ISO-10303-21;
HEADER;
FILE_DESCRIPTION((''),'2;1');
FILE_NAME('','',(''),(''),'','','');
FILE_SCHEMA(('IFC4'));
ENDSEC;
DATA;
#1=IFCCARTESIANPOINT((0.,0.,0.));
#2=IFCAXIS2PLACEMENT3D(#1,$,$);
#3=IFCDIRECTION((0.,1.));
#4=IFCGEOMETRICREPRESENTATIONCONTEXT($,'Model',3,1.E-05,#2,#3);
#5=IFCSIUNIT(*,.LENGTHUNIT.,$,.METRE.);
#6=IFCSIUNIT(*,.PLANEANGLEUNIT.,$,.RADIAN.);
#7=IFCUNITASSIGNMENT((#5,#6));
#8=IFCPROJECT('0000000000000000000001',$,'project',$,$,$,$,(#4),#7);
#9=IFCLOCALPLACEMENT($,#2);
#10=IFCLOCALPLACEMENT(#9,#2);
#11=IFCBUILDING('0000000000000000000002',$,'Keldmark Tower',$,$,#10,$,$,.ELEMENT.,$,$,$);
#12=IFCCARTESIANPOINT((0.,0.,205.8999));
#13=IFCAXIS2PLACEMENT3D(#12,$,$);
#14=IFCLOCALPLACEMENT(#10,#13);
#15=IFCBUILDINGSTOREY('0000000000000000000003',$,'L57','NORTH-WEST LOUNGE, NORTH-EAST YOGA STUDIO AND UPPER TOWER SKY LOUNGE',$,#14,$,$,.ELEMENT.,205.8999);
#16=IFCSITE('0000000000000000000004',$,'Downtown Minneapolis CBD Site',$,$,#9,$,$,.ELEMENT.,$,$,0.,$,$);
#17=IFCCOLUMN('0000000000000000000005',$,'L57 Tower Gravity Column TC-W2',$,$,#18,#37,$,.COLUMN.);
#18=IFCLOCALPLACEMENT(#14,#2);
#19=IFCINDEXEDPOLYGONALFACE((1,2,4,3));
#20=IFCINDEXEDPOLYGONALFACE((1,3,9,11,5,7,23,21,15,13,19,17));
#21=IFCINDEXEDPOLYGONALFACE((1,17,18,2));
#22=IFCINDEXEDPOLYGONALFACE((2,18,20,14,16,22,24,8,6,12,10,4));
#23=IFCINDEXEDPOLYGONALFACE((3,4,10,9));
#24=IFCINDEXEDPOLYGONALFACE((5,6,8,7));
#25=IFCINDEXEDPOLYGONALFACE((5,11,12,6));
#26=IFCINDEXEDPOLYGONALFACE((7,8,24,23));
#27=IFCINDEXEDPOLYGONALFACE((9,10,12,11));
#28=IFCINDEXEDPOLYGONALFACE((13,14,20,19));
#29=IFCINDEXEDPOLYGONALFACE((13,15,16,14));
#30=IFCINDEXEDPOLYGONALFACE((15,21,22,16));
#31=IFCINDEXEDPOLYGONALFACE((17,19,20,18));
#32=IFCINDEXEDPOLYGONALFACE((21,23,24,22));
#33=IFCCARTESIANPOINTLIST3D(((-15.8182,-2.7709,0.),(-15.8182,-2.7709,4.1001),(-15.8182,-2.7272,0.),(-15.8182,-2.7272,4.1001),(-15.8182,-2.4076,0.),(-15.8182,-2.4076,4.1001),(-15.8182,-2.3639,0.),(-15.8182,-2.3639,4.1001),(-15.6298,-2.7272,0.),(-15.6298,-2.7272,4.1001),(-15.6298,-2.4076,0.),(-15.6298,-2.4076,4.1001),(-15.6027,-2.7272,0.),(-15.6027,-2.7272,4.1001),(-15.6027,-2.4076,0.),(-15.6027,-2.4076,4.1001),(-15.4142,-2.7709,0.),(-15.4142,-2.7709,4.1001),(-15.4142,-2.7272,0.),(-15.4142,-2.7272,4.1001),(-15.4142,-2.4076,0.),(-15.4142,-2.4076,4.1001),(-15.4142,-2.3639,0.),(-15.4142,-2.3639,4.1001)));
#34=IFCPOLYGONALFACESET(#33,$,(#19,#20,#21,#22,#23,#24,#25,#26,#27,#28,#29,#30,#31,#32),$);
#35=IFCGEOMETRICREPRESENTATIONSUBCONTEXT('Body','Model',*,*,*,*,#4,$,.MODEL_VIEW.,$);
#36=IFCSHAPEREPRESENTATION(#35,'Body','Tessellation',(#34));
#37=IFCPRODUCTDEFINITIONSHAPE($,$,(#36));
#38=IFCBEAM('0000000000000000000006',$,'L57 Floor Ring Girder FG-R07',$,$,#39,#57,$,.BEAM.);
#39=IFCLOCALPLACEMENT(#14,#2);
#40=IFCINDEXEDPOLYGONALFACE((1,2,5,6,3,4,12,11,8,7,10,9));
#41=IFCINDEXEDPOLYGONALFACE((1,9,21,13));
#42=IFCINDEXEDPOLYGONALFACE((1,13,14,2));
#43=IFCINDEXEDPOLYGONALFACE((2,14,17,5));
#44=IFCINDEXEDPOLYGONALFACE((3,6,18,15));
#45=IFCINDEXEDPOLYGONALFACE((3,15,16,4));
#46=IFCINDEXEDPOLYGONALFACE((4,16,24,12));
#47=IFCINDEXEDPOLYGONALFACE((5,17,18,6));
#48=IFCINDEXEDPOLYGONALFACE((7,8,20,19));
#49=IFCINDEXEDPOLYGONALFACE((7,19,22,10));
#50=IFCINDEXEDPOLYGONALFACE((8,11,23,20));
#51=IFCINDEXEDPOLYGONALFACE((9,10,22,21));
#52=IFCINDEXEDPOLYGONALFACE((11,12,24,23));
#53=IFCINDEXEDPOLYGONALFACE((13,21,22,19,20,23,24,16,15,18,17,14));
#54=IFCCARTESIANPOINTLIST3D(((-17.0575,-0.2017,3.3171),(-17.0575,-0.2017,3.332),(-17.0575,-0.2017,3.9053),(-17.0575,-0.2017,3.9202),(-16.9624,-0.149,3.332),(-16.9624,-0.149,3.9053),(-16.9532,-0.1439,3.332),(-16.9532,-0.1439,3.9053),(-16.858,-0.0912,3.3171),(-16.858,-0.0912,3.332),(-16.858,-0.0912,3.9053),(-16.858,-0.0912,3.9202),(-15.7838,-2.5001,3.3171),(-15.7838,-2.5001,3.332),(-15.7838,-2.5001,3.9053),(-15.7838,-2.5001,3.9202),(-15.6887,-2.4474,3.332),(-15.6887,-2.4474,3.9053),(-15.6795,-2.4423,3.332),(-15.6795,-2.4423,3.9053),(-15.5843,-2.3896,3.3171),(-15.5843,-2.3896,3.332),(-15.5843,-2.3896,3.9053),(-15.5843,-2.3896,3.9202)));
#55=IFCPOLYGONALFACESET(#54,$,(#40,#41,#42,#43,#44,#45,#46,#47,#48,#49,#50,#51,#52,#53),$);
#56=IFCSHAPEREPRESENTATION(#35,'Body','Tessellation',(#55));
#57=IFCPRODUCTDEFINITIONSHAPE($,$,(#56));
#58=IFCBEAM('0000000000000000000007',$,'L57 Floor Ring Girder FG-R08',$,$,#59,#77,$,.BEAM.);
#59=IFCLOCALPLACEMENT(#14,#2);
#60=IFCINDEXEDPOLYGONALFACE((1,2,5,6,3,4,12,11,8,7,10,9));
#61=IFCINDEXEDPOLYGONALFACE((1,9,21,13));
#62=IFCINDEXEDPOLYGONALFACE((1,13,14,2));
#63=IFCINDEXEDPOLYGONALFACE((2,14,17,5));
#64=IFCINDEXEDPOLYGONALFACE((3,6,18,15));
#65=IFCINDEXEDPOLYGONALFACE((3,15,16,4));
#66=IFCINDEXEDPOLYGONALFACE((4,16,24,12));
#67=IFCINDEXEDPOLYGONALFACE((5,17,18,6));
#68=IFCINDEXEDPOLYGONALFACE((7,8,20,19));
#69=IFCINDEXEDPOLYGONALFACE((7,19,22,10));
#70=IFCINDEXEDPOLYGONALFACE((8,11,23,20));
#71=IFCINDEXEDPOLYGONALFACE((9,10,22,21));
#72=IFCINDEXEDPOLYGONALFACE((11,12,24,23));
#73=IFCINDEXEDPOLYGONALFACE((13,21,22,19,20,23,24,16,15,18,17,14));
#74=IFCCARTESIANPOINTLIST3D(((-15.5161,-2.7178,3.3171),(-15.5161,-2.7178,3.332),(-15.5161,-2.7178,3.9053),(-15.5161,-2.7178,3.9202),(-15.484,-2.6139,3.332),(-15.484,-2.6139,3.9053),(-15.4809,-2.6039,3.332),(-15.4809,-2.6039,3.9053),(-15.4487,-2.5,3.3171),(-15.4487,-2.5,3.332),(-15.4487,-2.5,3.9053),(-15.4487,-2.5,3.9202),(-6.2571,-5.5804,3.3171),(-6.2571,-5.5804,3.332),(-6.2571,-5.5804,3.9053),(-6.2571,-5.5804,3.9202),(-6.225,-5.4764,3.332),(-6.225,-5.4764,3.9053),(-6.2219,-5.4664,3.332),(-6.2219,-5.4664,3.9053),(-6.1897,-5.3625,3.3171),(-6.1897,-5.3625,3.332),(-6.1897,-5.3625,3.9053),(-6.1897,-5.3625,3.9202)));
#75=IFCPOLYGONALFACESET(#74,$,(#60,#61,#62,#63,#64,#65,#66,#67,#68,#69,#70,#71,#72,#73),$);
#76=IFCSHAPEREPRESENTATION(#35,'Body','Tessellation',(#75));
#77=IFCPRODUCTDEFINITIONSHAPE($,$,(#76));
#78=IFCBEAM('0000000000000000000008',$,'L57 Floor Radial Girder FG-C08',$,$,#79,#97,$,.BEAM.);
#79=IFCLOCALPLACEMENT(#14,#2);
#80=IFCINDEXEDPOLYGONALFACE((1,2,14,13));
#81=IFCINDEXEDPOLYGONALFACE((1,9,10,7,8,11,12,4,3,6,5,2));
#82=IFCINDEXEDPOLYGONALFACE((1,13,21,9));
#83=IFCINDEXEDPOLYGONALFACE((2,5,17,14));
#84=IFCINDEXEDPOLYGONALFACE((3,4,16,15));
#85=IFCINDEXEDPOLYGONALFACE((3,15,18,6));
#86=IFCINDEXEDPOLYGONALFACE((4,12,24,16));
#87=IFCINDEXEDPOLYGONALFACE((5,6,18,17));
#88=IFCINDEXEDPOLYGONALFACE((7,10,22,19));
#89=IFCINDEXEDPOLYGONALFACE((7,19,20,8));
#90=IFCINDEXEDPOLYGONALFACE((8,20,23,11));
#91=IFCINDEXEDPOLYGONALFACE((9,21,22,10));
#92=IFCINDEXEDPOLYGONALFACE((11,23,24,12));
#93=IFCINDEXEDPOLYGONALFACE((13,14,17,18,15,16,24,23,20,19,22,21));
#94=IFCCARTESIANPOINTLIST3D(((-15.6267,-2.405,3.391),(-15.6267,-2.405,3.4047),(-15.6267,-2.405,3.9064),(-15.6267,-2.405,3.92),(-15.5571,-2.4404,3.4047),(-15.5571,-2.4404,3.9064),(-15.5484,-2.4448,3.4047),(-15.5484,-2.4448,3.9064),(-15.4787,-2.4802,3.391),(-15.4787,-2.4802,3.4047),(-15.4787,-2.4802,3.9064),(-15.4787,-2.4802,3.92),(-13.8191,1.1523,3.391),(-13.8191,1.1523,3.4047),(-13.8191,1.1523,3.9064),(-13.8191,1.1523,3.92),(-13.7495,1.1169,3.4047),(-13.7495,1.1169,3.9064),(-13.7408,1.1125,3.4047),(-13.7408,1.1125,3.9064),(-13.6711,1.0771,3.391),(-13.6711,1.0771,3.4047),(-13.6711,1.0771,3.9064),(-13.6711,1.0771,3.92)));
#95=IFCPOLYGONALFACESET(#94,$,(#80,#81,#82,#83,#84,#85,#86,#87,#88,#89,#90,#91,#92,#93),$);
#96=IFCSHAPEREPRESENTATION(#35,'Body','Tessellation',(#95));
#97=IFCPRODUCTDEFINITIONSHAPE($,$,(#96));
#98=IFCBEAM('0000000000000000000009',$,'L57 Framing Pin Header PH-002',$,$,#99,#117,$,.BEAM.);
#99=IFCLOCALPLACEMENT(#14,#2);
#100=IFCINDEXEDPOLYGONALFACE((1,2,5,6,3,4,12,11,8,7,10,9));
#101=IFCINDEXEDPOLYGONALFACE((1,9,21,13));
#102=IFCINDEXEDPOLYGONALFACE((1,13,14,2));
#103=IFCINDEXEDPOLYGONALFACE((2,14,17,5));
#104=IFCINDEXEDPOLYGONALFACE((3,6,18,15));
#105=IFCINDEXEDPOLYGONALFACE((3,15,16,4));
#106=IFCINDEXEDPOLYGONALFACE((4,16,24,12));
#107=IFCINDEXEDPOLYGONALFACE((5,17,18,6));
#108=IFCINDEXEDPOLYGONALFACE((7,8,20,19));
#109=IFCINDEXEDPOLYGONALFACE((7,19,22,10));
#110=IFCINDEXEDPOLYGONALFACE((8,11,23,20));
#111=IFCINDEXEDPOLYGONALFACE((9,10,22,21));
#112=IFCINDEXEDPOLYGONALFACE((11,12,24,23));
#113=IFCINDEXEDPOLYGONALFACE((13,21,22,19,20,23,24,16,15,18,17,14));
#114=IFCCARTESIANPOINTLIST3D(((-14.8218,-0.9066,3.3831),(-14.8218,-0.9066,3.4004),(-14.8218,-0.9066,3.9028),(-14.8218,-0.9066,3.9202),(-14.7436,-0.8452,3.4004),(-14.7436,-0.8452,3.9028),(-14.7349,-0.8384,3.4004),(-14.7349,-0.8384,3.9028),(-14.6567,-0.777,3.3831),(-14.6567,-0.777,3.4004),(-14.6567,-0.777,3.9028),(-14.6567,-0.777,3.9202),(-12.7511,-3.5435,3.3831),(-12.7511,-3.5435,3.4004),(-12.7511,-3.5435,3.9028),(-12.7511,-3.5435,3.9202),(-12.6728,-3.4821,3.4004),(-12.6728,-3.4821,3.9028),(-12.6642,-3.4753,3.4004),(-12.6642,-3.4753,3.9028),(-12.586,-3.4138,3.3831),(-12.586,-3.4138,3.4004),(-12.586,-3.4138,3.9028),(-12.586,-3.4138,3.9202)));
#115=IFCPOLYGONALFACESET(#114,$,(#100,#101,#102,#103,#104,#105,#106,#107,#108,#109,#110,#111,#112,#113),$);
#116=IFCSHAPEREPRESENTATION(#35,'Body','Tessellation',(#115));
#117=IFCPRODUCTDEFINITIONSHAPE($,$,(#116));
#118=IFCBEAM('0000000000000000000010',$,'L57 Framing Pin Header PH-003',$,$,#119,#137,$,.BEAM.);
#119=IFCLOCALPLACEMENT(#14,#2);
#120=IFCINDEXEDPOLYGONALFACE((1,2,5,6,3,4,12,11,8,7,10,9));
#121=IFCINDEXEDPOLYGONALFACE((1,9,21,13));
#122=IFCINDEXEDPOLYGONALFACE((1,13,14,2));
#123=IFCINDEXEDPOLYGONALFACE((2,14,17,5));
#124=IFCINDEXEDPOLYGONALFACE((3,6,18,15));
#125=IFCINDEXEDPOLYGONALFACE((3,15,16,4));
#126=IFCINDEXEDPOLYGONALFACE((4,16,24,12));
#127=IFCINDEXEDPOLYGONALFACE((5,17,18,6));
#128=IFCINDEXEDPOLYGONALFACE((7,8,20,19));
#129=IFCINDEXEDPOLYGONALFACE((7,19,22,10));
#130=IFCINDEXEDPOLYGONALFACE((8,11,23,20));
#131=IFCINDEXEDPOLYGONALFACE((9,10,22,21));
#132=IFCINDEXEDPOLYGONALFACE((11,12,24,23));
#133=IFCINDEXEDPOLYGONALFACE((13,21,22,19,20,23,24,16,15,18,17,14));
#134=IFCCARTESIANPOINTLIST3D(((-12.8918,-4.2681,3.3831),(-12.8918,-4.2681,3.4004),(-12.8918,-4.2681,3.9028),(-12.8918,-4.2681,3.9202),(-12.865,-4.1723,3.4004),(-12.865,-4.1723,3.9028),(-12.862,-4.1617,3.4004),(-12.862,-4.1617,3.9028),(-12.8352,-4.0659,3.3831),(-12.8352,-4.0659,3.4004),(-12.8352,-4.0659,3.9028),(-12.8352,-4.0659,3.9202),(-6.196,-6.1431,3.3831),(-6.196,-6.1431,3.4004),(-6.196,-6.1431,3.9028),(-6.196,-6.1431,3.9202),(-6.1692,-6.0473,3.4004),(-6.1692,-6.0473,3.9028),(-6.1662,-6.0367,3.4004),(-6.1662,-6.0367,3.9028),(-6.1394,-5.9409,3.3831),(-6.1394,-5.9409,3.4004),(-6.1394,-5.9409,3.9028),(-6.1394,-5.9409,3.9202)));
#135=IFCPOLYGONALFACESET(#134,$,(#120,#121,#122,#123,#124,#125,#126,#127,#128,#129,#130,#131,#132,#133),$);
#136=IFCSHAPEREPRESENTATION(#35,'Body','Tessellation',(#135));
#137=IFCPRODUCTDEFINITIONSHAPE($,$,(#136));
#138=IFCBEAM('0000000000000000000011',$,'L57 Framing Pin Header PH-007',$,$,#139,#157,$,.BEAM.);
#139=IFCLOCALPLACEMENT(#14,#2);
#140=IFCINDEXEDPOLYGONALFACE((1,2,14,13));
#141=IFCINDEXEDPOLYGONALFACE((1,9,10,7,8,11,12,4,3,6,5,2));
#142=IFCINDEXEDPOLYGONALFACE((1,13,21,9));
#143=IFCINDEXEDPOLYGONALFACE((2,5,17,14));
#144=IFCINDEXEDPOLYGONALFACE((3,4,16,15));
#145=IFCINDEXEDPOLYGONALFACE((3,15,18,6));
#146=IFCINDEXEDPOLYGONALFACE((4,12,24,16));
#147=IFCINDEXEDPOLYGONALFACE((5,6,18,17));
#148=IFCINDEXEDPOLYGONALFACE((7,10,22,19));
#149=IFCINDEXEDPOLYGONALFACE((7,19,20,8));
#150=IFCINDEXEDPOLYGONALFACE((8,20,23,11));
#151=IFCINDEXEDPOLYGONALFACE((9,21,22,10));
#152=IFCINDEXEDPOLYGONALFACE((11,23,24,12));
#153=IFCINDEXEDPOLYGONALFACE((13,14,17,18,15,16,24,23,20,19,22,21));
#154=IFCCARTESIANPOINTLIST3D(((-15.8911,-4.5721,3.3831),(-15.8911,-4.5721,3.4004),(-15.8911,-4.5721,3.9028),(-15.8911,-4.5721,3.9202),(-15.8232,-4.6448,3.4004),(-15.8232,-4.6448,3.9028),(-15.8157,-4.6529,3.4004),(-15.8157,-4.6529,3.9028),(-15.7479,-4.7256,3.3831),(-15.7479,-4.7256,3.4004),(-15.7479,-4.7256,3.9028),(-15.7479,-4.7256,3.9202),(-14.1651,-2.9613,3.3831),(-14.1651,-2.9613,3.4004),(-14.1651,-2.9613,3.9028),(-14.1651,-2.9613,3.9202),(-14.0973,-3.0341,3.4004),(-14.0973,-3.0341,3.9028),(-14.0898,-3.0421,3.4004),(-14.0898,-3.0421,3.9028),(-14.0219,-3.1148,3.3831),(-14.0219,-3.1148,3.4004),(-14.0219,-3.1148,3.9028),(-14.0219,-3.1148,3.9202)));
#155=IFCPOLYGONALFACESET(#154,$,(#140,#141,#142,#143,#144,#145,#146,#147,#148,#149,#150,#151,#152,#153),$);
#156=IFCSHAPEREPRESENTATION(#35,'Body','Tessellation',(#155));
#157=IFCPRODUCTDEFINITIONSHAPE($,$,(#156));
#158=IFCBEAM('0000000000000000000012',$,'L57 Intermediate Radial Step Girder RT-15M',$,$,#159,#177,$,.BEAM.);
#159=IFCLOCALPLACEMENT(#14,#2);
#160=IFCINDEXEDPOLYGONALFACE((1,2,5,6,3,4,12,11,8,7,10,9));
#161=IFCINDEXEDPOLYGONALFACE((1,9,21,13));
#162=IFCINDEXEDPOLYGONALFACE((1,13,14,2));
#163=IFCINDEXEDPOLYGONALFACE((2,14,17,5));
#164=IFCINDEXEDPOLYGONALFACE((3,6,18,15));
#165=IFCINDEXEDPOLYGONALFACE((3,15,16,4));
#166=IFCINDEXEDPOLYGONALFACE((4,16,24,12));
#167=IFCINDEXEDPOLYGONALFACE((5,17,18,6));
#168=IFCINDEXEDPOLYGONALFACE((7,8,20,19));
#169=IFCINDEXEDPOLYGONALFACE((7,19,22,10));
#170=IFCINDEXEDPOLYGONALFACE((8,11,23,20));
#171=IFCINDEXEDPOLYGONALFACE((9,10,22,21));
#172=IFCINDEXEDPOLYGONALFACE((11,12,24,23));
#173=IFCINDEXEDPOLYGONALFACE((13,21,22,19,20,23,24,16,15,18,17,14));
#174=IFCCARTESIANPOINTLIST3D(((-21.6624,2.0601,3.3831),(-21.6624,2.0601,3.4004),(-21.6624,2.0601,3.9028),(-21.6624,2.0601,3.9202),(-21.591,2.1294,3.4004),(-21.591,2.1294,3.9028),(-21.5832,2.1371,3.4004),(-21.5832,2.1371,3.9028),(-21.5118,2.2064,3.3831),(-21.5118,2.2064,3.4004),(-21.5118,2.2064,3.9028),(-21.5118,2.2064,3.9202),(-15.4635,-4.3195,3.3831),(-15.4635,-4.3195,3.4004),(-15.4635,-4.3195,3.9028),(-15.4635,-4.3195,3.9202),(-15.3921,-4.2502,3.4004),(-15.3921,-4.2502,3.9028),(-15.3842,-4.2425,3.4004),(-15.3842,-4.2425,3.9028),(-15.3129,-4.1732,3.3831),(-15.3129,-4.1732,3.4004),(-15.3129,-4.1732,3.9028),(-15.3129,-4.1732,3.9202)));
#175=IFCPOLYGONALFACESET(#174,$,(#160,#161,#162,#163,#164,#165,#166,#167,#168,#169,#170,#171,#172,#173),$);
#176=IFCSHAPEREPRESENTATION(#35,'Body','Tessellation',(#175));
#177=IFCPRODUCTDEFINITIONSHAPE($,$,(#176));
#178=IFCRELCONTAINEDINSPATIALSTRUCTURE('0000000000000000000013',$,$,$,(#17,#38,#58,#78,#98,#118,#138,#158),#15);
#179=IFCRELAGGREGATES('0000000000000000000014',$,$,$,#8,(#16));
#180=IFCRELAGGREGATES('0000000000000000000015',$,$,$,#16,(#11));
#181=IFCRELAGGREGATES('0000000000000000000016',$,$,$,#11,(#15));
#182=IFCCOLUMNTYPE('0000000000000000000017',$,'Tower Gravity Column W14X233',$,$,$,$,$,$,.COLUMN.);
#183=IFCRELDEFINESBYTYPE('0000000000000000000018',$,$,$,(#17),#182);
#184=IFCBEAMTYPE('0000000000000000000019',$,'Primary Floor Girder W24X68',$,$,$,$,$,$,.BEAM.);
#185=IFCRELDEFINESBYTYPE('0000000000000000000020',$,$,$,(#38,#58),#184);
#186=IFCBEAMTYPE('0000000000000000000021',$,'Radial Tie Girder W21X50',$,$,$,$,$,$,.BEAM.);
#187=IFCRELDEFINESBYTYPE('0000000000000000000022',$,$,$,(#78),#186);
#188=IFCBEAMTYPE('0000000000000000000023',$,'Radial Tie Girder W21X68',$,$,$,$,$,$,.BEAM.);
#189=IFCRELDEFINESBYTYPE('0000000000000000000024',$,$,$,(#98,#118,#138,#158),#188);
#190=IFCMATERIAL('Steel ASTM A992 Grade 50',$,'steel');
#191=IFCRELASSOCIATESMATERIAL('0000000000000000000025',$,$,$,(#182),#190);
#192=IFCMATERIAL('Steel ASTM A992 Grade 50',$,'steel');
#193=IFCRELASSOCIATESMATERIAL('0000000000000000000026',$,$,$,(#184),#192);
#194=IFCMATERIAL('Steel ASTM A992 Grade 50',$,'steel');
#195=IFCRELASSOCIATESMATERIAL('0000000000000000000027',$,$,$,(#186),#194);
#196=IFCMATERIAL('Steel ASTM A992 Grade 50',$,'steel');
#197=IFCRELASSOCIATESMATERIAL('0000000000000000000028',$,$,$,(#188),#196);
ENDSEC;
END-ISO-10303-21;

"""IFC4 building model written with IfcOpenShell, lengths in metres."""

from ifc_helpers import new_model, si_unit, direction, frame, origin, origin_2d, place, context, subcontext, project, spatial, i_section, extrude, material, material_profile, profile_set, type_object, element, save


model = new_model("IFC4")

# Units and contexts
model_context = context("Model", 3, precision=1e-05, world=origin(), true_north=direction((0.0, 1.0)))
body_context = subcontext(model_context, "Body", "Model", "MODEL_VIEW")
ifc_project = project(units=[si_unit("LENGTHUNIT", "METRE"), si_unit("PLANEANGLEUNIT", "RADIAN")], contexts=[model_context])

# Site, building, storey
site_placement = place(None, origin())
site = spatial("IfcSite", under=ifc_project, at=site_placement, Name="Downtown Minneapolis CBD Site", CompositionType="ELEMENT", RefElevation=0.0)
building_placement = place(site_placement, origin())
building = spatial("IfcBuilding", under=site, at=building_placement, Name="Keldmark Tower", CompositionType="ELEMENT")
storey_placement = place(building_placement, frame((0.0, 0.0, 205.8999)))
storey = spatial("IfcBuildingStorey", under=building, at=storey_placement, Name="L57", Description="NORTH-WEST LOUNGE, NORTH-EAST YOGA STUDIO AND UPPER TOWER SKY LOUNGE", CompositionType="ELEMENT", Elevation=205.8999)

# Column
ifc_material_1 = material(Name="Steel ASTM A992 Grade 50", Category="steel")
ifc_material_profile_1 = material_profile(ifc_material_1, i_section(OverallWidth=0.4041, OverallDepth=0.407, WebThickness=0.0271, FlangeThickness=0.0437, at=origin_2d()), Name="W14X233")
ifc_profile_set_1 = profile_set([ifc_material_profile_1], Name="Steel ASTM A992 Grade 50")
column_type = type_object("IfcColumnType", Name="Tower Gravity Column W14X233", PredefinedType="COLUMN", material=ifc_profile_set_1)
column_placement = place(storey_placement, frame((-15.6162, -2.5674, 0.0), z_axis=(0.0, 0.0, 1.0), x_axis=(1.0, 0.0, 0.0)))
element("IfcColumn", 1, at=column_placement, inside=storey, type_object=column_type, Name="L57 Tower Gravity Column TC-W2", PredefinedType="COLUMN", context=body_context, shape_type="SweptSolid", body=[
    extrude(i_section(OverallWidth=0.4041, OverallDepth=0.407, WebThickness=0.0271, FlangeThickness=0.0437, at=origin_2d()), origin(), (0.0, 0.0, 1.0), 4.1001),
])

# Beams
ifc_material_2 = material(Name="Steel ASTM A992 Grade 50", Category="steel")
ifc_material_profile_2 = material_profile(ifc_material_2, i_section(OverallWidth=0.228, OverallDepth=0.603, WebThickness=0.0105, FlangeThickness=0.0149, at=origin_2d()), Name="W24X68")
ifc_profile_set_2 = profile_set([ifc_material_profile_2], Name="Steel ASTM A992 Grade 50")
beam_type_1 = type_object("IfcBeamType", Name="Primary Floor Girder W24X68", PredefinedType="BEAM", material=ifc_profile_set_2)
beam_1_placement = place(storey_placement, frame((-16.9578, -0.1465, 3.6187), z_axis=(0.48472, -0.87467, 0.0), x_axis=(0.87467, 0.48472, 0.0)))
element("IfcBeam", 2, at=beam_1_placement, inside=storey, type_object=beam_type_1, Name="L57 Floor Ring Girder FG-R07", PredefinedType="BEAM", context=body_context, shape_type="SweptSolid", body=[
    extrude(i_section(OverallWidth=0.228, OverallDepth=0.603, WebThickness=0.0105, FlangeThickness=0.0149, at=origin_2d()), origin(), (0.0, 0.0, 1.0), 2.6277),
])
beam_2_placement = place(storey_placement, frame((-15.4824, -2.6089, 3.6187), z_axis=(0.955383, -0.295369, 0.0), x_axis=(0.295369, 0.955383, 0.0)))
element("IfcBeam", 3, at=beam_2_placement, inside=storey, type_object=beam_type_1, Name="L57 Floor Ring Girder FG-R08", PredefinedType="BEAM", context=body_context, shape_type="SweptSolid", body=[
    extrude(i_section(OverallWidth=0.228, OverallDepth=0.603, WebThickness=0.0105, FlangeThickness=0.0149, at=origin_2d()), origin(), (0.0, 0.0, 1.0), 9.6914),
])
ifc_material_3 = material(Name="Steel ASTM A992 Grade 50", Category="steel")
ifc_material_profile_3 = material_profile(ifc_material_3, i_section(OverallWidth=0.166, OverallDepth=0.5291, WebThickness=0.0098, FlangeThickness=0.0137, at=origin_2d()), Name="W21X50")
ifc_profile_set_3 = profile_set([ifc_material_profile_3], Name="Steel ASTM A992 Grade 50")
beam_type_2 = type_object("IfcBeamType", Name="Radial Tie Girder W21X50", PredefinedType="BEAM", material=ifc_profile_set_3)
beam_3_placement = place(storey_placement, frame((-15.5527, -2.4426, 3.6555), z_axis=(0.453004, 0.891508, 0.0), x_axis=(-0.891508, 0.453004, 0.0)))
element("IfcBeam", 4, at=beam_3_placement, inside=storey, type_object=beam_type_2, Name="L57 Floor Radial Girder FG-C08", PredefinedType="BEAM", context=body_context, shape_type="SweptSolid", body=[
    extrude(i_section(OverallWidth=0.166, OverallDepth=0.5291, WebThickness=0.0098, FlangeThickness=0.0137, at=origin_2d()), origin(), (0.0, 0.0, 1.0), 3.9902),
])
ifc_material_4 = material(Name="Steel ASTM A992 Grade 50", Category="steel")
ifc_material_profile_4 = material_profile(ifc_material_4, i_section(OverallWidth=0.21, OverallDepth=0.5371, WebThickness=0.011, FlangeThickness=0.0173, at=origin_2d()), Name="W21X68")
ifc_profile_set_4 = profile_set([ifc_material_profile_4], Name="Steel ASTM A992 Grade 50")
beam_type_3 = type_object("IfcBeamType", Name="Radial Tie Girder W21X68", PredefinedType="BEAM", material=ifc_profile_set_4)
beam_4_placement = place(storey_placement, frame((-14.7393, -0.8418, 3.6516), z_axis=(0.617619, -0.786477, 0.0), x_axis=(0.786477, 0.617619, 0.0)))
element("IfcBeam", 5, at=beam_4_placement, inside=storey, type_object=beam_type_3, Name="L57 Framing Pin Header PH-002", PredefinedType="BEAM", context=body_context, shape_type="SweptSolid", body=[
    extrude(i_section(OverallWidth=0.21, OverallDepth=0.5371, WebThickness=0.011, FlangeThickness=0.0173, at=origin_2d()), origin(), (0.0, 0.0, 1.0), 3.3528),
])
beam_5_placement = place(storey_placement, frame((-12.8635, -4.167, 3.6516), z_axis=(0.962957, -0.269653, 0.0), x_axis=(0.269653, 0.962957, 0.0)))
element("IfcBeam", 6, at=beam_5_placement, inside=storey, type_object=beam_type_3, Name="L57 Framing Pin Header PH-003", PredefinedType="BEAM", context=body_context, shape_type="SweptSolid", body=[
    extrude(i_section(OverallWidth=0.21, OverallDepth=0.5371, WebThickness=0.011, FlangeThickness=0.0173, at=origin_2d()), origin(), (0.0, 0.0, 1.0), 6.9534),
])
beam_6_placement = place(storey_placement, frame((-14.0935, -3.0381, 3.6516), z_axis=(-0.73109, -0.682281, 0.0), x_axis=(0.682281, -0.73109, 0.0)))
element("IfcBeam", 7, at=beam_6_placement, inside=storey, type_object=beam_type_3, Name="L57 Framing Pin Header PH-007", PredefinedType="BEAM", context=body_context, shape_type="SweptSolid", body=[
    extrude(i_section(OverallWidth=0.21, OverallDepth=0.5371, WebThickness=0.011, FlangeThickness=0.0173, at=origin_2d()), origin(), (0.0, 0.0, 1.0), 2.3608),
])
beam_7_placement = place(storey_placement, frame((-15.3882, -4.2463, 3.6516), z_axis=(-0.696879, 0.717189, 0.0), x_axis=(-0.717189, -0.696879, 0.0)))
element("IfcBeam", 8, at=beam_7_placement, inside=storey, type_object=beam_type_3, Name="L57 Intermediate Radial Step Girder RT-15M", PredefinedType="BEAM", context=body_context, shape_type="SweptSolid", body=[
    extrude(i_section(OverallWidth=0.21, OverallDepth=0.5371, WebThickness=0.011, FlangeThickness=0.0173, at=origin_2d()), origin(), (0.0, 0.0, 1.0), 8.8953),
])

save(model, "model.ifc")
